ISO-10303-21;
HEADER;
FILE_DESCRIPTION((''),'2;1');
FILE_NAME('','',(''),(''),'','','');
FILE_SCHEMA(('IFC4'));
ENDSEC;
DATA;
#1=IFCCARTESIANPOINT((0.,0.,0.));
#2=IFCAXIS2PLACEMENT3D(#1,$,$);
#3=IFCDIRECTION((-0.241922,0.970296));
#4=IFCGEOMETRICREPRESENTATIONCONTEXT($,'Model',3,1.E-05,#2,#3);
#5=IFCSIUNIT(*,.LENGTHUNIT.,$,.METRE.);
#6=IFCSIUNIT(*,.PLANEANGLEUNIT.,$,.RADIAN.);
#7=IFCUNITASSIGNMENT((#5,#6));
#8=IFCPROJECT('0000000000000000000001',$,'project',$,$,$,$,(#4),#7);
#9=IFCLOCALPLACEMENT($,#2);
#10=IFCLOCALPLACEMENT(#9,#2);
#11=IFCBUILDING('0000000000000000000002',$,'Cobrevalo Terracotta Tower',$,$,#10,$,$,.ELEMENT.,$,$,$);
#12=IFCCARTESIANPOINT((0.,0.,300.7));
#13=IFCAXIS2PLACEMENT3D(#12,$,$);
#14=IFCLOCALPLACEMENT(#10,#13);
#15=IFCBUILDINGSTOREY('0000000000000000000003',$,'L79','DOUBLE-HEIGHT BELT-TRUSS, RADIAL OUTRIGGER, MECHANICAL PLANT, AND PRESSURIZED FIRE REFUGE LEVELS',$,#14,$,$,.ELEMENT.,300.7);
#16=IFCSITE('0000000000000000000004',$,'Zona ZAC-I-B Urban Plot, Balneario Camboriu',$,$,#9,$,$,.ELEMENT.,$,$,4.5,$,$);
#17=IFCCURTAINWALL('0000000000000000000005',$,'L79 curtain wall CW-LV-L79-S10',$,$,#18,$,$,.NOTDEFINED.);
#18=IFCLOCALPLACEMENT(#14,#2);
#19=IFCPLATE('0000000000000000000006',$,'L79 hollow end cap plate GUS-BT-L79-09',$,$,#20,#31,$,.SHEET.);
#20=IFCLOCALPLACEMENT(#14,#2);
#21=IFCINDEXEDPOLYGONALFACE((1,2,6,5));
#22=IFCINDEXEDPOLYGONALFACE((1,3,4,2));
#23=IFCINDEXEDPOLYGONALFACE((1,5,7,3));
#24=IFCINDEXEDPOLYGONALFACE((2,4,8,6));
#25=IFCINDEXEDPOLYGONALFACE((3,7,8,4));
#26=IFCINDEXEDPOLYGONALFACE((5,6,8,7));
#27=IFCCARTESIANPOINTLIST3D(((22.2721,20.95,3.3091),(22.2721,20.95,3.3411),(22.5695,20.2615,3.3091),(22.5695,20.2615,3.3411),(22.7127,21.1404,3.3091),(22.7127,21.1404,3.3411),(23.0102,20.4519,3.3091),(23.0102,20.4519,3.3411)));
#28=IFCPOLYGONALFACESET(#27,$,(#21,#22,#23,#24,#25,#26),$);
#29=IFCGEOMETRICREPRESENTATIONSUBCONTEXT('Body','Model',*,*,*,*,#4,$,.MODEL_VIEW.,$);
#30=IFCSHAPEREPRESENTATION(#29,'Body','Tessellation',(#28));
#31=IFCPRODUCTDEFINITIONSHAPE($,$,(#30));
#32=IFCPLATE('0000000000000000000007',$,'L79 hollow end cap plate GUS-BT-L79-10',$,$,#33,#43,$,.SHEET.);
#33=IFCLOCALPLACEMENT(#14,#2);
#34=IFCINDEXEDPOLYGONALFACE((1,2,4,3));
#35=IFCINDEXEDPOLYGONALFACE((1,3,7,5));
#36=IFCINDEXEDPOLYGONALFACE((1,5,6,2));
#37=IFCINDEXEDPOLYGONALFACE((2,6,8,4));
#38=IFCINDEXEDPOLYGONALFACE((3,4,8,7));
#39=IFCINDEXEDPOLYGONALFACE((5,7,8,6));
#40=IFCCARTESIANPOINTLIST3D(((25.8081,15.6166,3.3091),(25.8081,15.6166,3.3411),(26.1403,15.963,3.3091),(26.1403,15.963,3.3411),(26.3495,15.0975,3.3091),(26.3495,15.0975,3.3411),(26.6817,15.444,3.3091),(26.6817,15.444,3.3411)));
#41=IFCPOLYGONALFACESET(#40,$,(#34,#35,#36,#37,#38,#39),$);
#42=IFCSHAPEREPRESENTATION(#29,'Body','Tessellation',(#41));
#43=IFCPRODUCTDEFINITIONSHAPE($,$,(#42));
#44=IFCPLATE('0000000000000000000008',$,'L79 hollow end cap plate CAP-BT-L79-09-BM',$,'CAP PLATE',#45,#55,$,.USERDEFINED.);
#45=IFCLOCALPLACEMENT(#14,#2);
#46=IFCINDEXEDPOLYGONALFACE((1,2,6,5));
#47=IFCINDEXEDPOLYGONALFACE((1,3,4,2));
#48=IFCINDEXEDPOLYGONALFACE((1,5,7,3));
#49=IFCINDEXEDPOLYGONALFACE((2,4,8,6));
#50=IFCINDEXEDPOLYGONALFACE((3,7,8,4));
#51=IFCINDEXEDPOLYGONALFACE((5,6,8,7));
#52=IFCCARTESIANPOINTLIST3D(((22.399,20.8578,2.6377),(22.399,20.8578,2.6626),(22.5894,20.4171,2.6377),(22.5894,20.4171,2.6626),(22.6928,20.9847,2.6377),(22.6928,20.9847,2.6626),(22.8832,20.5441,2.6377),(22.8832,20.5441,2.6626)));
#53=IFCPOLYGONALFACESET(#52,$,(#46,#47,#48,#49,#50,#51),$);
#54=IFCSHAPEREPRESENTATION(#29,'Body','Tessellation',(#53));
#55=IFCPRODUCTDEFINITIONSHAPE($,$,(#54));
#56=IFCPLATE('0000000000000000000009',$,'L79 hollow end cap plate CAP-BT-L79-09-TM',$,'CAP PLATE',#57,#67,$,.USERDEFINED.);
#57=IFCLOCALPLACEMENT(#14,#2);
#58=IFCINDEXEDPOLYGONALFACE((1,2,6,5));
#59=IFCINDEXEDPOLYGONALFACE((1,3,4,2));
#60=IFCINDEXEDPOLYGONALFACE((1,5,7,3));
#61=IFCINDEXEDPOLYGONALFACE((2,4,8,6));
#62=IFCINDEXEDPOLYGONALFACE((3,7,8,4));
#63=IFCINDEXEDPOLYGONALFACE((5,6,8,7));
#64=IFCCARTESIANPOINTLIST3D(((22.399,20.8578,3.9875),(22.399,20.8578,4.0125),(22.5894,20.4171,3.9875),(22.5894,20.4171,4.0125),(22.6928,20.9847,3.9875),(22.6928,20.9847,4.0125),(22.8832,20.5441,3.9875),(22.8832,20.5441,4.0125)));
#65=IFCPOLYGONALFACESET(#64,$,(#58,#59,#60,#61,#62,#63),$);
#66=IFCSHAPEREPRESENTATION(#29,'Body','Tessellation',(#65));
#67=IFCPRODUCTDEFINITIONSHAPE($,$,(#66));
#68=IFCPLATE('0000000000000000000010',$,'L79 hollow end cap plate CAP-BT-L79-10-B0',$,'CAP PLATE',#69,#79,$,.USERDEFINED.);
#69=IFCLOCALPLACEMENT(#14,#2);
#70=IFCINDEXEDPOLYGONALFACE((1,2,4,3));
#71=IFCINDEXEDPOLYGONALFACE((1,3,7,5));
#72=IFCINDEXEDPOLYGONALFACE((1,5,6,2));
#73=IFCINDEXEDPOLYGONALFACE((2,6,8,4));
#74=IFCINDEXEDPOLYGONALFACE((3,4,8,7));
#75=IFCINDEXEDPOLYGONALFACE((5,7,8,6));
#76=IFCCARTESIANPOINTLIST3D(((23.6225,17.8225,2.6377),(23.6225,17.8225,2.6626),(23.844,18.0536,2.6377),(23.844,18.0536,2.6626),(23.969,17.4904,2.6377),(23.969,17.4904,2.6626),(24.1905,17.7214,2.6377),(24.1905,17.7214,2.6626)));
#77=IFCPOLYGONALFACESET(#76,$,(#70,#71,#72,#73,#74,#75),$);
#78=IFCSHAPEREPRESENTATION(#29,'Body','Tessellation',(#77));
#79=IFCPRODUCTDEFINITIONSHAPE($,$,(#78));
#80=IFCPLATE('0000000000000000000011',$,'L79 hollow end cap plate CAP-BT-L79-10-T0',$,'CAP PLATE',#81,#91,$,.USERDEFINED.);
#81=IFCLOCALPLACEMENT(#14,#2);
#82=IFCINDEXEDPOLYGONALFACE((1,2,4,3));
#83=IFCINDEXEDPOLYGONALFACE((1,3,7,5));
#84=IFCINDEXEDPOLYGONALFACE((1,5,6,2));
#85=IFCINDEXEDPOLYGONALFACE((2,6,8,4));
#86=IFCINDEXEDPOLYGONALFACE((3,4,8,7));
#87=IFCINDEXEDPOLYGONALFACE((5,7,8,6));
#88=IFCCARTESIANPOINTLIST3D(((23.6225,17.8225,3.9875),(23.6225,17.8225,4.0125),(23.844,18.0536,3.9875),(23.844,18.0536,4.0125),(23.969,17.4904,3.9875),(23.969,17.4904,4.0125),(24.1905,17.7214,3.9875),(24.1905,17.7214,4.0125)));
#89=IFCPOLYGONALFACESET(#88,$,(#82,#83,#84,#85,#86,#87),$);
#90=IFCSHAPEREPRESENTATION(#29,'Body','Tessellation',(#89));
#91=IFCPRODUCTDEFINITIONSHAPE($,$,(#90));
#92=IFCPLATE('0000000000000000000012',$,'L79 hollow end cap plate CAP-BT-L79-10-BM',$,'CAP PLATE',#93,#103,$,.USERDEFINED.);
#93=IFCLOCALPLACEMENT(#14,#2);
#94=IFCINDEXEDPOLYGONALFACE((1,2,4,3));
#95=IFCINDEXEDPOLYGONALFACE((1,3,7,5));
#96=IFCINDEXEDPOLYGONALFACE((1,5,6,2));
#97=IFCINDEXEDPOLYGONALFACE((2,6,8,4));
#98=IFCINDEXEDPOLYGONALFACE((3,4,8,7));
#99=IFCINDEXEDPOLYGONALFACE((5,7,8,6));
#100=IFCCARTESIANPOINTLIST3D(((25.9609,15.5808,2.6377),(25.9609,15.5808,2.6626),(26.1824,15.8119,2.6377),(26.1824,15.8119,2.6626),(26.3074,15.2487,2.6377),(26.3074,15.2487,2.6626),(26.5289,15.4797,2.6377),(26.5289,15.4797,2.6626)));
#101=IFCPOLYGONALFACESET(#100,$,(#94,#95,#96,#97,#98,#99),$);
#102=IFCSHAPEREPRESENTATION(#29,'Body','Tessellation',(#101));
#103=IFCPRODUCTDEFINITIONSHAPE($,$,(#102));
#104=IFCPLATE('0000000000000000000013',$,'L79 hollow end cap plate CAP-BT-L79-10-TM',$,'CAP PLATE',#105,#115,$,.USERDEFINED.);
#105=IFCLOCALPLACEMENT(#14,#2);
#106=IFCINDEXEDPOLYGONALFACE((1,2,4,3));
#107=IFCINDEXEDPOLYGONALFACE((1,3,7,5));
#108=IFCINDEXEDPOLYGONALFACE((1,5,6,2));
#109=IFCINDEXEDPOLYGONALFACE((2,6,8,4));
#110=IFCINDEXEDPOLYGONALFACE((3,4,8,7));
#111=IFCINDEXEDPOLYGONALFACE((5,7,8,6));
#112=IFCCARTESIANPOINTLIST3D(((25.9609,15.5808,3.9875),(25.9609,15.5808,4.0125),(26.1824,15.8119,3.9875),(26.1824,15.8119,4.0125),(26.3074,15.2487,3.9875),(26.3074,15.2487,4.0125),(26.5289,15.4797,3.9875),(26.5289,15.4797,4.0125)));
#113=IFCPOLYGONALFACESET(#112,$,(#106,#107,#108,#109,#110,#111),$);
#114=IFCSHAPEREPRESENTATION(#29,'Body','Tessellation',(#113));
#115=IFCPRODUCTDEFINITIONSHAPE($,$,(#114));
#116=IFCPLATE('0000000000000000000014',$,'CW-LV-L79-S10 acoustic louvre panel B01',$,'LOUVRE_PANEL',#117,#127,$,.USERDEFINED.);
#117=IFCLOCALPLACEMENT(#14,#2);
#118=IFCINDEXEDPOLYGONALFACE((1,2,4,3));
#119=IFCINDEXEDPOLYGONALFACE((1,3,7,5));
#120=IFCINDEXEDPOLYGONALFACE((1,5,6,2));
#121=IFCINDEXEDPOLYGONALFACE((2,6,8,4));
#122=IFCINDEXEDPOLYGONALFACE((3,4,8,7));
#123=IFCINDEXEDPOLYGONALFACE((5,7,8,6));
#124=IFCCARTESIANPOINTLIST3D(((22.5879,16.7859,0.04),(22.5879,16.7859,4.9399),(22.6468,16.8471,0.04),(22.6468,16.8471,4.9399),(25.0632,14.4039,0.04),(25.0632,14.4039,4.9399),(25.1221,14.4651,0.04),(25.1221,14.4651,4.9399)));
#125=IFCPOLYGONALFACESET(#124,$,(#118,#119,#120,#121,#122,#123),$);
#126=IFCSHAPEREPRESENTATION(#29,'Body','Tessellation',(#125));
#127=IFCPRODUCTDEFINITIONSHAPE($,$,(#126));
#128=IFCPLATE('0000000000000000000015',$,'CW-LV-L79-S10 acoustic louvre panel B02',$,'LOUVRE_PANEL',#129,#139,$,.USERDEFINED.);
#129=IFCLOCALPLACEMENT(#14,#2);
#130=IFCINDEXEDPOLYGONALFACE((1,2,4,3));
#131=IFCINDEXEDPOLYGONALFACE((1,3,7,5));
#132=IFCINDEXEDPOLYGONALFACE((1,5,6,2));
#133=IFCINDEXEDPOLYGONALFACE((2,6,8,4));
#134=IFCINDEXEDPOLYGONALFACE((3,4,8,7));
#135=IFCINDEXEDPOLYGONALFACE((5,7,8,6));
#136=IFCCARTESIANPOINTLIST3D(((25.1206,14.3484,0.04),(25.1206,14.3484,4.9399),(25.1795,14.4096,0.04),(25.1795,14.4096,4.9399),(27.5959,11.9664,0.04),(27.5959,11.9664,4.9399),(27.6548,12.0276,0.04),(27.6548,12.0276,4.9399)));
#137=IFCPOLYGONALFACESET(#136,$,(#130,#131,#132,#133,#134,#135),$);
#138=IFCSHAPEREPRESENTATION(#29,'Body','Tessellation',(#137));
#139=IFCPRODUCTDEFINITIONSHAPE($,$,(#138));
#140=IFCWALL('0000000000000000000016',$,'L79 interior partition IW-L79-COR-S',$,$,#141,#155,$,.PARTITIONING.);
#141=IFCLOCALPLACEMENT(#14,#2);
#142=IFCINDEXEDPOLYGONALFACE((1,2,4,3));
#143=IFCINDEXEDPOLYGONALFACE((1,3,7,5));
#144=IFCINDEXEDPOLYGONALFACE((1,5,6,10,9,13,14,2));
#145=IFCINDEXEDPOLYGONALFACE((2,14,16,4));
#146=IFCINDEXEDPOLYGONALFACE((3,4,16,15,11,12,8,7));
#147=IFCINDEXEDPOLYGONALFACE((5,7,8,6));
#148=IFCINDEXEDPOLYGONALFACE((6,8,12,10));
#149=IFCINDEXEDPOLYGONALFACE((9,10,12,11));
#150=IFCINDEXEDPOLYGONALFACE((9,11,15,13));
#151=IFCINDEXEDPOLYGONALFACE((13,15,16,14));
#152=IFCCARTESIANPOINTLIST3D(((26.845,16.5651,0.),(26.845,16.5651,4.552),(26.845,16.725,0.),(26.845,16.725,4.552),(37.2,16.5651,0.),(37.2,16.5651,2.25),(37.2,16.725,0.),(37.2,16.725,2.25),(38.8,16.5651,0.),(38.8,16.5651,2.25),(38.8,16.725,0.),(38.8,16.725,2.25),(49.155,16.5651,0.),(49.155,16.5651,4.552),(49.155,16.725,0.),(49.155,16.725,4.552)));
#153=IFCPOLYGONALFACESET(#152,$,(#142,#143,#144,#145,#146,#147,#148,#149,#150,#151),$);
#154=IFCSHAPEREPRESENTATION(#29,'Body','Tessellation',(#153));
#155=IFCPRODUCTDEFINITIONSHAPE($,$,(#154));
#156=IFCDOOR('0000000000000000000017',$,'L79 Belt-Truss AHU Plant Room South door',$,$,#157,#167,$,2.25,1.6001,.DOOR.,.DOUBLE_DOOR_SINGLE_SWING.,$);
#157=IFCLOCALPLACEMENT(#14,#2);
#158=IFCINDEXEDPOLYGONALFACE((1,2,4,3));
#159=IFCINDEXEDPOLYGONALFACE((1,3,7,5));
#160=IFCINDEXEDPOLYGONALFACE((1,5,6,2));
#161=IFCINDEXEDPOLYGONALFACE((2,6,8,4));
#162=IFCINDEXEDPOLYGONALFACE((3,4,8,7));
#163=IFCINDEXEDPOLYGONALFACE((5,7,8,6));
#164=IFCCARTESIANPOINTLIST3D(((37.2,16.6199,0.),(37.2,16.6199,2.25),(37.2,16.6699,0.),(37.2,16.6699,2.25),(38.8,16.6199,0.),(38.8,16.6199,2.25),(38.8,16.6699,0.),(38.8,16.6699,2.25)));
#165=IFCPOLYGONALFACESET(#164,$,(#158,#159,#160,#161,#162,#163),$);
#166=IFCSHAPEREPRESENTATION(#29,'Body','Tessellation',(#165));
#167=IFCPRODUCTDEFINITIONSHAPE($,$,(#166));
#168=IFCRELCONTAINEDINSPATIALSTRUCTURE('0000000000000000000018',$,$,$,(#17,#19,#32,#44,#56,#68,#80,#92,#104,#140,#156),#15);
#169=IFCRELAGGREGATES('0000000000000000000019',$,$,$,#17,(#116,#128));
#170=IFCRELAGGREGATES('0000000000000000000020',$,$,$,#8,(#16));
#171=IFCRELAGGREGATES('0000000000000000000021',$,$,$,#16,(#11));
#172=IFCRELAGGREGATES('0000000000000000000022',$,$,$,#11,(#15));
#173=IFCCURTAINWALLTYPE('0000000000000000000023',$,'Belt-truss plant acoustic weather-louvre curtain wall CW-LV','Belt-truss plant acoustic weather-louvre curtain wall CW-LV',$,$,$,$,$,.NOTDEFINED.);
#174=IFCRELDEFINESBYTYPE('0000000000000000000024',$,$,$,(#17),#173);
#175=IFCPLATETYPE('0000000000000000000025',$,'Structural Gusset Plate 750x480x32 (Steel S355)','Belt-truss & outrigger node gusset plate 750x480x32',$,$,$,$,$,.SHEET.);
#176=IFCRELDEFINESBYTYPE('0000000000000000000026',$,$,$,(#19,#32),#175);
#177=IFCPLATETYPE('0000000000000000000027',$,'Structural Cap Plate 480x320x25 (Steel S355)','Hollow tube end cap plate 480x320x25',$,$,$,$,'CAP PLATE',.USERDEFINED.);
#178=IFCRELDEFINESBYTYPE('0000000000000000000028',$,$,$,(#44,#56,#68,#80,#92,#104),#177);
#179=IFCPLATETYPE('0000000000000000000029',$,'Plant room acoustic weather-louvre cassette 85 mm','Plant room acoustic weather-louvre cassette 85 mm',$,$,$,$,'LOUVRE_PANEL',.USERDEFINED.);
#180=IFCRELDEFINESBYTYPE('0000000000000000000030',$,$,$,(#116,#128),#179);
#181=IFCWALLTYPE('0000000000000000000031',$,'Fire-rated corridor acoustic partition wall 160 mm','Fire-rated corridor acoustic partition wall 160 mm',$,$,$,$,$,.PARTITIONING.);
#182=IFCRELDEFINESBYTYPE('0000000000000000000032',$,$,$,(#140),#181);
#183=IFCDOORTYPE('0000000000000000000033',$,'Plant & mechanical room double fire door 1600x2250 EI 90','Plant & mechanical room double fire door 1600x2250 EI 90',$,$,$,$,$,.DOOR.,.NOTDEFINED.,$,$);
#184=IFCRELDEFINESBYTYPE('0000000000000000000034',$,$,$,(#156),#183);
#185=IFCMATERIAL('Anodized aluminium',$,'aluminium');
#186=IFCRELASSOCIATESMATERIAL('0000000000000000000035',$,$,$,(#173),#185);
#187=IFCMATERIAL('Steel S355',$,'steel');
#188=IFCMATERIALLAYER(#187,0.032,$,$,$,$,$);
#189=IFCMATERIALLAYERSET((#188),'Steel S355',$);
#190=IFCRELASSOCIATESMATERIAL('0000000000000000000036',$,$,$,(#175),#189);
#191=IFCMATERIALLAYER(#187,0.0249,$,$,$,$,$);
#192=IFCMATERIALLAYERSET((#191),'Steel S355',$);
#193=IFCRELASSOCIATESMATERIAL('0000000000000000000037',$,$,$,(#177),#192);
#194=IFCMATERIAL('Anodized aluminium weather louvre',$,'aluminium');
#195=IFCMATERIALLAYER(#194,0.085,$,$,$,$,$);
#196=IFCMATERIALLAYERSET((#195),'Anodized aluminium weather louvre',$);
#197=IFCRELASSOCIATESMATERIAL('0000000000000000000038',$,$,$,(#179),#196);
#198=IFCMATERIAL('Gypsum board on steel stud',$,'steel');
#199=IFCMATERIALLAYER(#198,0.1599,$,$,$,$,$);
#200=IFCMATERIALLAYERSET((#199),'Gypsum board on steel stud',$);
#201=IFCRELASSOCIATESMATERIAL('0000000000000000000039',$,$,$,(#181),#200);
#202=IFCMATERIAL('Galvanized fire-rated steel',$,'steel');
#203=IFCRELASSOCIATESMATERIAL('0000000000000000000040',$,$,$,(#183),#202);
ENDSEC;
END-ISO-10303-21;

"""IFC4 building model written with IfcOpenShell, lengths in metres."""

from ifc_helpers import new_model, si_unit, direction, frame, frame_2d, origin, origin_2d, place, context, subcontext, project, spatial, rectangle, extrude, source, transform, mapped, material, layer, layer_set, type_object, element, fill, aggregate, save


model = new_model("IFC4")

# Units and contexts
model_context = context("Model", 3, precision=1e-05, world=origin(), true_north=direction((-0.241922, 0.970296)))
body_context = subcontext(model_context, "Body", "Model", "MODEL_VIEW")
ifc_project = project(units=[si_unit("LENGTHUNIT", "METRE"), si_unit("PLANEANGLEUNIT", "RADIAN")], contexts=[model_context])

# Site, building, storey
site_placement = place(None, origin())
site = spatial("IfcSite", under=ifc_project, at=site_placement, Name="Zona ZAC-I-B Urban Plot, Balneario Camboriu", CompositionType="ELEMENT", RefElevation=4.5)
building_placement = place(site_placement, origin())
building = spatial("IfcBuilding", under=site, at=building_placement, Name="Cobrevalo Terracotta Tower", CompositionType="ELEMENT")
storey_placement = place(building_placement, frame((0.0, 0.0, 300.7)))
storey = spatial("IfcBuildingStorey", under=building, at=storey_placement, Name="L79", Description="DOUBLE-HEIGHT BELT-TRUSS, RADIAL OUTRIGGER, MECHANICAL PLANT, AND PRESSURIZED FIRE REFUGE LEVELS", CompositionType="ELEMENT", Elevation=300.7)

# Shared definitions
ifc_material_1 = material(Name="Steel S355", Category="steel")

# Shared definitions
ifc_material_2 = material(Name="Anodized aluminium", Category="aluminium")
curtain_wall_type = type_object("IfcCurtainWallType", Name="Belt-truss plant acoustic weather-louvre curtain wall CW-LV", Description="Belt-truss plant acoustic weather-louvre curtain wall CW-LV", PredefinedType="NOTDEFINED", material=ifc_material_2)

# Curtain wall
curtain_wall_1_placement = place(storey_placement, origin())
curtain_wall_1 = element("IfcCurtainWall", 1, at=curtain_wall_1_placement, inside=storey, type_object=curtain_wall_type, Name="L79 curtain wall CW-LV-L79-S10", PredefinedType="NOTDEFINED")

# Plates
ifc_layer_1 = layer(ifc_material_1, 0.032)
ifc_layer_set_1 = layer_set([ifc_layer_1], Name="Steel S355")
plate_type_1 = type_object("IfcPlateType", Name="Structural Gusset Plate 750x480x32 (Steel S355)", Description="Belt-truss & outrigger node gusset plate 750x480x32", PredefinedType="SHEET", material=ifc_layer_set_1)
shared_shape_1 = source(origin(), body_context, "Body", "SweptSolid", [
    extrude(rectangle(XDim=0.75, YDim=0.48, at=origin_2d()), origin(), (0.0, 0.0, 1.0), 0.032),
])
for number, where, z_axis, x_axis, name in (
    (2, (22.6411, 20.7009, 3.3091), (0.0, 0.0, 1.0), (0.396621, -0.917983, 0.0), "L79 hollow end cap plate GUS-BT-L79-09"),
    (3, (26.2449, 15.5303, 3.3091), (0.0, 0.0, 1.0), (0.721856, -0.692044, 0.0), "L79 hollow end cap plate GUS-BT-L79-10"),
):
    element("IfcPlate", number, at=place(storey_placement, frame(where, z_axis=z_axis, x_axis=x_axis)), inside=storey, type_object=plate_type_1, Name=name, PredefinedType="SHEET", context=body_context, shape_type="MappedRepresentation", body=[
        mapped(shared_shape_1, transform((0.0, 0.0, 0.0), scale=1.0)),
    ])
ifc_layer_2 = layer(ifc_material_1, 0.0249)
ifc_layer_set_2 = layer_set([ifc_layer_2], Name="Steel S355")
plate_type_2 = type_object("IfcPlateType", Name="Structural Cap Plate 480x320x25 (Steel S355)", Description="Hollow tube end cap plate 480x320x25", ElementType="CAP PLATE", PredefinedType="USERDEFINED", material=ifc_layer_set_2)
shared_shape_2 = source(origin(), body_context, "Body", "SweptSolid", [
    extrude(rectangle(XDim=0.48, YDim=0.3201, at=origin_2d()), origin(), (0.0, 0.0, 1.0), 0.0249),
])
for number, where, z_axis, x_axis, name in (
    (4, (22.6411, 20.7009, 2.6377), (0.0, 0.0, 1.0), (0.396621, -0.917983, 0.0), "L79 hollow end cap plate CAP-BT-L79-09-BM"),
    (5, (22.6411, 20.7009, 3.9875), (0.0, 0.0, 1.0), (0.396621, -0.917983, 0.0), "L79 hollow end cap plate CAP-BT-L79-09-TM"),
    (6, (23.9065, 17.772, 2.6377), (0.0, 0.0, 1.0), (0.721856, -0.692044, 0.0), "L79 hollow end cap plate CAP-BT-L79-10-B0"),
    (7, (23.9065, 17.772, 3.9875), (0.0, 0.0, 1.0), (0.721856, -0.692044, 0.0), "L79 hollow end cap plate CAP-BT-L79-10-T0"),
    (8, (26.2449, 15.5303, 2.6377), (0.0, 0.0, 1.0), (0.721856, -0.692044, 0.0), "L79 hollow end cap plate CAP-BT-L79-10-BM"),
    (9, (26.2449, 15.5303, 3.9875), (0.0, 0.0, 1.0), (0.721856, -0.692044, 0.0), "L79 hollow end cap plate CAP-BT-L79-10-TM"),
):
    element("IfcPlate", number, at=place(storey_placement, frame(where, z_axis=z_axis, x_axis=x_axis)), inside=storey, type_object=plate_type_2, Name=name, ObjectType="CAP PLATE", PredefinedType="USERDEFINED", context=body_context, shape_type="MappedRepresentation", body=[
        mapped(shared_shape_2, transform((0.0, 0.0, 0.0), scale=1.0)),
    ])

# Plates
ifc_material_3 = material(Name="Anodized aluminium weather louvre", Category="aluminium")
ifc_layer_3 = layer(ifc_material_3, 0.085)
ifc_layer_set_3 = layer_set([ifc_layer_3], Name="Anodized aluminium weather louvre")
plate_type_3 = type_object("IfcPlateType", Name="Plant room acoustic weather-louvre cassette 85 mm", Description="Plant room acoustic weather-louvre cassette 85 mm", ElementType="LOUVRE_PANEL", PredefinedType="USERDEFINED", material=ifc_layer_set_3)
shared_shape_3 = source(origin(), body_context, "Body", "SweptSolid", [
    extrude(rectangle(XDim=3.4353, YDim=0.085, at=origin_2d()), origin(), (0.0, 0.0, 1.0), 4.8999),
])
plate_1_placement = place(storey_placement, frame((23.855, 15.6255, 0.04), z_axis=(0.0, 0.0, 1.0), x_axis=(0.720557, -0.693396, 0.0)))
plate_1 = element("IfcPlate", 10, at=plate_1_placement, type_object=plate_type_3, Name="CW-LV-L79-S10 acoustic louvre panel B01", ObjectType="LOUVRE_PANEL", PredefinedType="USERDEFINED", context=body_context, shape_type="MappedRepresentation", body=[
    mapped(shared_shape_3, transform((0.0, 0.0, 0.0), scale=1.0)),
])
plate_2_placement = place(storey_placement, frame((26.3877, 13.188, 0.04), z_axis=(0.0, 0.0, 1.0), x_axis=(0.720557, -0.693396, 0.0)))
plate_2 = element("IfcPlate", 11, at=plate_2_placement, type_object=plate_type_3, Name="CW-LV-L79-S10 acoustic louvre panel B02", ObjectType="LOUVRE_PANEL", PredefinedType="USERDEFINED", context=body_context, shape_type="MappedRepresentation", body=[
    mapped(shared_shape_3, transform((0.0, 0.0, 0.0), scale=1.0)),
])
aggregate(curtain_wall_1, [plate_1, plate_2])

# Wall, opening, door
ifc_material_4 = material(Name="Gypsum board on steel stud", Category="steel")
ifc_layer_4 = layer(ifc_material_4, 0.1599)
ifc_layer_set_4 = layer_set([ifc_layer_4], Name="Gypsum board on steel stud")
wall_type_1 = type_object("IfcWallType", Name="Fire-rated corridor acoustic partition wall 160 mm", Description="Fire-rated corridor acoustic partition wall 160 mm", PredefinedType="PARTITIONING", material=ifc_layer_set_4)
wall_1_placement = place(storey_placement, frame((26.845, 16.645, 0.0), z_axis=(0.0, 0.0, 1.0), x_axis=(1.0, 0.0, 0.0)))
wall_1 = element("IfcWall", 12, at=wall_1_placement, inside=storey, type_object=wall_type_1, Name="L79 interior partition IW-L79-COR-S", PredefinedType="PARTITIONING", context=body_context, shape_type="SweptSolid", body=[
    extrude(rectangle(XDim=22.3101, YDim=0.1599, at=frame_2d((11.155, 0.0))), origin(), (0.0, 0.0, 1.0), 4.552),
])
opening_1_placement = place(wall_1_placement, frame((10.355, 0.0, 0.0)))
opening_1 = element("IfcOpeningElement", 13, at=opening_1_placement, cuts=wall_1, PredefinedType="OPENING", context=body_context, shape_type="SweptSolid", body=[
    extrude(rectangle(XDim=1.6001, YDim=2.25, at=frame_2d((0.8, 1.125))), frame((0.0, 0.0898, 0.0), z_axis=(0.0, -1.0, 0.0), x_axis=(1.0, 0.0, 0.0)), (0.0, 0.0, 1.0), 0.1799),
])
ifc_material_5 = material(Name="Galvanized fire-rated steel", Category="steel")
door_type_1 = type_object("IfcDoorType", Name="Plant & mechanical room double fire door 1600x2250 EI 90", Description="Plant & mechanical room double fire door 1600x2250 EI 90", OperationType="NOTDEFINED", PredefinedType="DOOR", material=ifc_material_5)
shared_shape_4 = source(origin(), body_context, "Body", "SweptSolid", [
    extrude(rectangle(XDim=1.6001, YDim=2.25, at=frame_2d((0.8, 1.125))), frame((0.0, 0.0249, 0.0), z_axis=(0.0, -1.0, 0.0), x_axis=(1.0, 0.0, 0.0)), (0.0, 0.0, 1.0), 0.05),
])
door_1_placement = place(opening_1_placement, origin())
door_1 = element("IfcDoor", 14, at=door_1_placement, inside=storey, type_object=door_type_1, Name="L79 Belt-Truss AHU Plant Room South door", OperationType="DOUBLE_DOOR_SINGLE_SWING", OverallHeight=2.25, OverallWidth=1.6001, PredefinedType="DOOR", context=body_context, shape_type="MappedRepresentation", body=[
    mapped(shared_shape_4, transform((0.0, 0.0, 0.0), scale=1.0)),
])
fill(opening_1, door_1)

save(model, "model.ifc")
